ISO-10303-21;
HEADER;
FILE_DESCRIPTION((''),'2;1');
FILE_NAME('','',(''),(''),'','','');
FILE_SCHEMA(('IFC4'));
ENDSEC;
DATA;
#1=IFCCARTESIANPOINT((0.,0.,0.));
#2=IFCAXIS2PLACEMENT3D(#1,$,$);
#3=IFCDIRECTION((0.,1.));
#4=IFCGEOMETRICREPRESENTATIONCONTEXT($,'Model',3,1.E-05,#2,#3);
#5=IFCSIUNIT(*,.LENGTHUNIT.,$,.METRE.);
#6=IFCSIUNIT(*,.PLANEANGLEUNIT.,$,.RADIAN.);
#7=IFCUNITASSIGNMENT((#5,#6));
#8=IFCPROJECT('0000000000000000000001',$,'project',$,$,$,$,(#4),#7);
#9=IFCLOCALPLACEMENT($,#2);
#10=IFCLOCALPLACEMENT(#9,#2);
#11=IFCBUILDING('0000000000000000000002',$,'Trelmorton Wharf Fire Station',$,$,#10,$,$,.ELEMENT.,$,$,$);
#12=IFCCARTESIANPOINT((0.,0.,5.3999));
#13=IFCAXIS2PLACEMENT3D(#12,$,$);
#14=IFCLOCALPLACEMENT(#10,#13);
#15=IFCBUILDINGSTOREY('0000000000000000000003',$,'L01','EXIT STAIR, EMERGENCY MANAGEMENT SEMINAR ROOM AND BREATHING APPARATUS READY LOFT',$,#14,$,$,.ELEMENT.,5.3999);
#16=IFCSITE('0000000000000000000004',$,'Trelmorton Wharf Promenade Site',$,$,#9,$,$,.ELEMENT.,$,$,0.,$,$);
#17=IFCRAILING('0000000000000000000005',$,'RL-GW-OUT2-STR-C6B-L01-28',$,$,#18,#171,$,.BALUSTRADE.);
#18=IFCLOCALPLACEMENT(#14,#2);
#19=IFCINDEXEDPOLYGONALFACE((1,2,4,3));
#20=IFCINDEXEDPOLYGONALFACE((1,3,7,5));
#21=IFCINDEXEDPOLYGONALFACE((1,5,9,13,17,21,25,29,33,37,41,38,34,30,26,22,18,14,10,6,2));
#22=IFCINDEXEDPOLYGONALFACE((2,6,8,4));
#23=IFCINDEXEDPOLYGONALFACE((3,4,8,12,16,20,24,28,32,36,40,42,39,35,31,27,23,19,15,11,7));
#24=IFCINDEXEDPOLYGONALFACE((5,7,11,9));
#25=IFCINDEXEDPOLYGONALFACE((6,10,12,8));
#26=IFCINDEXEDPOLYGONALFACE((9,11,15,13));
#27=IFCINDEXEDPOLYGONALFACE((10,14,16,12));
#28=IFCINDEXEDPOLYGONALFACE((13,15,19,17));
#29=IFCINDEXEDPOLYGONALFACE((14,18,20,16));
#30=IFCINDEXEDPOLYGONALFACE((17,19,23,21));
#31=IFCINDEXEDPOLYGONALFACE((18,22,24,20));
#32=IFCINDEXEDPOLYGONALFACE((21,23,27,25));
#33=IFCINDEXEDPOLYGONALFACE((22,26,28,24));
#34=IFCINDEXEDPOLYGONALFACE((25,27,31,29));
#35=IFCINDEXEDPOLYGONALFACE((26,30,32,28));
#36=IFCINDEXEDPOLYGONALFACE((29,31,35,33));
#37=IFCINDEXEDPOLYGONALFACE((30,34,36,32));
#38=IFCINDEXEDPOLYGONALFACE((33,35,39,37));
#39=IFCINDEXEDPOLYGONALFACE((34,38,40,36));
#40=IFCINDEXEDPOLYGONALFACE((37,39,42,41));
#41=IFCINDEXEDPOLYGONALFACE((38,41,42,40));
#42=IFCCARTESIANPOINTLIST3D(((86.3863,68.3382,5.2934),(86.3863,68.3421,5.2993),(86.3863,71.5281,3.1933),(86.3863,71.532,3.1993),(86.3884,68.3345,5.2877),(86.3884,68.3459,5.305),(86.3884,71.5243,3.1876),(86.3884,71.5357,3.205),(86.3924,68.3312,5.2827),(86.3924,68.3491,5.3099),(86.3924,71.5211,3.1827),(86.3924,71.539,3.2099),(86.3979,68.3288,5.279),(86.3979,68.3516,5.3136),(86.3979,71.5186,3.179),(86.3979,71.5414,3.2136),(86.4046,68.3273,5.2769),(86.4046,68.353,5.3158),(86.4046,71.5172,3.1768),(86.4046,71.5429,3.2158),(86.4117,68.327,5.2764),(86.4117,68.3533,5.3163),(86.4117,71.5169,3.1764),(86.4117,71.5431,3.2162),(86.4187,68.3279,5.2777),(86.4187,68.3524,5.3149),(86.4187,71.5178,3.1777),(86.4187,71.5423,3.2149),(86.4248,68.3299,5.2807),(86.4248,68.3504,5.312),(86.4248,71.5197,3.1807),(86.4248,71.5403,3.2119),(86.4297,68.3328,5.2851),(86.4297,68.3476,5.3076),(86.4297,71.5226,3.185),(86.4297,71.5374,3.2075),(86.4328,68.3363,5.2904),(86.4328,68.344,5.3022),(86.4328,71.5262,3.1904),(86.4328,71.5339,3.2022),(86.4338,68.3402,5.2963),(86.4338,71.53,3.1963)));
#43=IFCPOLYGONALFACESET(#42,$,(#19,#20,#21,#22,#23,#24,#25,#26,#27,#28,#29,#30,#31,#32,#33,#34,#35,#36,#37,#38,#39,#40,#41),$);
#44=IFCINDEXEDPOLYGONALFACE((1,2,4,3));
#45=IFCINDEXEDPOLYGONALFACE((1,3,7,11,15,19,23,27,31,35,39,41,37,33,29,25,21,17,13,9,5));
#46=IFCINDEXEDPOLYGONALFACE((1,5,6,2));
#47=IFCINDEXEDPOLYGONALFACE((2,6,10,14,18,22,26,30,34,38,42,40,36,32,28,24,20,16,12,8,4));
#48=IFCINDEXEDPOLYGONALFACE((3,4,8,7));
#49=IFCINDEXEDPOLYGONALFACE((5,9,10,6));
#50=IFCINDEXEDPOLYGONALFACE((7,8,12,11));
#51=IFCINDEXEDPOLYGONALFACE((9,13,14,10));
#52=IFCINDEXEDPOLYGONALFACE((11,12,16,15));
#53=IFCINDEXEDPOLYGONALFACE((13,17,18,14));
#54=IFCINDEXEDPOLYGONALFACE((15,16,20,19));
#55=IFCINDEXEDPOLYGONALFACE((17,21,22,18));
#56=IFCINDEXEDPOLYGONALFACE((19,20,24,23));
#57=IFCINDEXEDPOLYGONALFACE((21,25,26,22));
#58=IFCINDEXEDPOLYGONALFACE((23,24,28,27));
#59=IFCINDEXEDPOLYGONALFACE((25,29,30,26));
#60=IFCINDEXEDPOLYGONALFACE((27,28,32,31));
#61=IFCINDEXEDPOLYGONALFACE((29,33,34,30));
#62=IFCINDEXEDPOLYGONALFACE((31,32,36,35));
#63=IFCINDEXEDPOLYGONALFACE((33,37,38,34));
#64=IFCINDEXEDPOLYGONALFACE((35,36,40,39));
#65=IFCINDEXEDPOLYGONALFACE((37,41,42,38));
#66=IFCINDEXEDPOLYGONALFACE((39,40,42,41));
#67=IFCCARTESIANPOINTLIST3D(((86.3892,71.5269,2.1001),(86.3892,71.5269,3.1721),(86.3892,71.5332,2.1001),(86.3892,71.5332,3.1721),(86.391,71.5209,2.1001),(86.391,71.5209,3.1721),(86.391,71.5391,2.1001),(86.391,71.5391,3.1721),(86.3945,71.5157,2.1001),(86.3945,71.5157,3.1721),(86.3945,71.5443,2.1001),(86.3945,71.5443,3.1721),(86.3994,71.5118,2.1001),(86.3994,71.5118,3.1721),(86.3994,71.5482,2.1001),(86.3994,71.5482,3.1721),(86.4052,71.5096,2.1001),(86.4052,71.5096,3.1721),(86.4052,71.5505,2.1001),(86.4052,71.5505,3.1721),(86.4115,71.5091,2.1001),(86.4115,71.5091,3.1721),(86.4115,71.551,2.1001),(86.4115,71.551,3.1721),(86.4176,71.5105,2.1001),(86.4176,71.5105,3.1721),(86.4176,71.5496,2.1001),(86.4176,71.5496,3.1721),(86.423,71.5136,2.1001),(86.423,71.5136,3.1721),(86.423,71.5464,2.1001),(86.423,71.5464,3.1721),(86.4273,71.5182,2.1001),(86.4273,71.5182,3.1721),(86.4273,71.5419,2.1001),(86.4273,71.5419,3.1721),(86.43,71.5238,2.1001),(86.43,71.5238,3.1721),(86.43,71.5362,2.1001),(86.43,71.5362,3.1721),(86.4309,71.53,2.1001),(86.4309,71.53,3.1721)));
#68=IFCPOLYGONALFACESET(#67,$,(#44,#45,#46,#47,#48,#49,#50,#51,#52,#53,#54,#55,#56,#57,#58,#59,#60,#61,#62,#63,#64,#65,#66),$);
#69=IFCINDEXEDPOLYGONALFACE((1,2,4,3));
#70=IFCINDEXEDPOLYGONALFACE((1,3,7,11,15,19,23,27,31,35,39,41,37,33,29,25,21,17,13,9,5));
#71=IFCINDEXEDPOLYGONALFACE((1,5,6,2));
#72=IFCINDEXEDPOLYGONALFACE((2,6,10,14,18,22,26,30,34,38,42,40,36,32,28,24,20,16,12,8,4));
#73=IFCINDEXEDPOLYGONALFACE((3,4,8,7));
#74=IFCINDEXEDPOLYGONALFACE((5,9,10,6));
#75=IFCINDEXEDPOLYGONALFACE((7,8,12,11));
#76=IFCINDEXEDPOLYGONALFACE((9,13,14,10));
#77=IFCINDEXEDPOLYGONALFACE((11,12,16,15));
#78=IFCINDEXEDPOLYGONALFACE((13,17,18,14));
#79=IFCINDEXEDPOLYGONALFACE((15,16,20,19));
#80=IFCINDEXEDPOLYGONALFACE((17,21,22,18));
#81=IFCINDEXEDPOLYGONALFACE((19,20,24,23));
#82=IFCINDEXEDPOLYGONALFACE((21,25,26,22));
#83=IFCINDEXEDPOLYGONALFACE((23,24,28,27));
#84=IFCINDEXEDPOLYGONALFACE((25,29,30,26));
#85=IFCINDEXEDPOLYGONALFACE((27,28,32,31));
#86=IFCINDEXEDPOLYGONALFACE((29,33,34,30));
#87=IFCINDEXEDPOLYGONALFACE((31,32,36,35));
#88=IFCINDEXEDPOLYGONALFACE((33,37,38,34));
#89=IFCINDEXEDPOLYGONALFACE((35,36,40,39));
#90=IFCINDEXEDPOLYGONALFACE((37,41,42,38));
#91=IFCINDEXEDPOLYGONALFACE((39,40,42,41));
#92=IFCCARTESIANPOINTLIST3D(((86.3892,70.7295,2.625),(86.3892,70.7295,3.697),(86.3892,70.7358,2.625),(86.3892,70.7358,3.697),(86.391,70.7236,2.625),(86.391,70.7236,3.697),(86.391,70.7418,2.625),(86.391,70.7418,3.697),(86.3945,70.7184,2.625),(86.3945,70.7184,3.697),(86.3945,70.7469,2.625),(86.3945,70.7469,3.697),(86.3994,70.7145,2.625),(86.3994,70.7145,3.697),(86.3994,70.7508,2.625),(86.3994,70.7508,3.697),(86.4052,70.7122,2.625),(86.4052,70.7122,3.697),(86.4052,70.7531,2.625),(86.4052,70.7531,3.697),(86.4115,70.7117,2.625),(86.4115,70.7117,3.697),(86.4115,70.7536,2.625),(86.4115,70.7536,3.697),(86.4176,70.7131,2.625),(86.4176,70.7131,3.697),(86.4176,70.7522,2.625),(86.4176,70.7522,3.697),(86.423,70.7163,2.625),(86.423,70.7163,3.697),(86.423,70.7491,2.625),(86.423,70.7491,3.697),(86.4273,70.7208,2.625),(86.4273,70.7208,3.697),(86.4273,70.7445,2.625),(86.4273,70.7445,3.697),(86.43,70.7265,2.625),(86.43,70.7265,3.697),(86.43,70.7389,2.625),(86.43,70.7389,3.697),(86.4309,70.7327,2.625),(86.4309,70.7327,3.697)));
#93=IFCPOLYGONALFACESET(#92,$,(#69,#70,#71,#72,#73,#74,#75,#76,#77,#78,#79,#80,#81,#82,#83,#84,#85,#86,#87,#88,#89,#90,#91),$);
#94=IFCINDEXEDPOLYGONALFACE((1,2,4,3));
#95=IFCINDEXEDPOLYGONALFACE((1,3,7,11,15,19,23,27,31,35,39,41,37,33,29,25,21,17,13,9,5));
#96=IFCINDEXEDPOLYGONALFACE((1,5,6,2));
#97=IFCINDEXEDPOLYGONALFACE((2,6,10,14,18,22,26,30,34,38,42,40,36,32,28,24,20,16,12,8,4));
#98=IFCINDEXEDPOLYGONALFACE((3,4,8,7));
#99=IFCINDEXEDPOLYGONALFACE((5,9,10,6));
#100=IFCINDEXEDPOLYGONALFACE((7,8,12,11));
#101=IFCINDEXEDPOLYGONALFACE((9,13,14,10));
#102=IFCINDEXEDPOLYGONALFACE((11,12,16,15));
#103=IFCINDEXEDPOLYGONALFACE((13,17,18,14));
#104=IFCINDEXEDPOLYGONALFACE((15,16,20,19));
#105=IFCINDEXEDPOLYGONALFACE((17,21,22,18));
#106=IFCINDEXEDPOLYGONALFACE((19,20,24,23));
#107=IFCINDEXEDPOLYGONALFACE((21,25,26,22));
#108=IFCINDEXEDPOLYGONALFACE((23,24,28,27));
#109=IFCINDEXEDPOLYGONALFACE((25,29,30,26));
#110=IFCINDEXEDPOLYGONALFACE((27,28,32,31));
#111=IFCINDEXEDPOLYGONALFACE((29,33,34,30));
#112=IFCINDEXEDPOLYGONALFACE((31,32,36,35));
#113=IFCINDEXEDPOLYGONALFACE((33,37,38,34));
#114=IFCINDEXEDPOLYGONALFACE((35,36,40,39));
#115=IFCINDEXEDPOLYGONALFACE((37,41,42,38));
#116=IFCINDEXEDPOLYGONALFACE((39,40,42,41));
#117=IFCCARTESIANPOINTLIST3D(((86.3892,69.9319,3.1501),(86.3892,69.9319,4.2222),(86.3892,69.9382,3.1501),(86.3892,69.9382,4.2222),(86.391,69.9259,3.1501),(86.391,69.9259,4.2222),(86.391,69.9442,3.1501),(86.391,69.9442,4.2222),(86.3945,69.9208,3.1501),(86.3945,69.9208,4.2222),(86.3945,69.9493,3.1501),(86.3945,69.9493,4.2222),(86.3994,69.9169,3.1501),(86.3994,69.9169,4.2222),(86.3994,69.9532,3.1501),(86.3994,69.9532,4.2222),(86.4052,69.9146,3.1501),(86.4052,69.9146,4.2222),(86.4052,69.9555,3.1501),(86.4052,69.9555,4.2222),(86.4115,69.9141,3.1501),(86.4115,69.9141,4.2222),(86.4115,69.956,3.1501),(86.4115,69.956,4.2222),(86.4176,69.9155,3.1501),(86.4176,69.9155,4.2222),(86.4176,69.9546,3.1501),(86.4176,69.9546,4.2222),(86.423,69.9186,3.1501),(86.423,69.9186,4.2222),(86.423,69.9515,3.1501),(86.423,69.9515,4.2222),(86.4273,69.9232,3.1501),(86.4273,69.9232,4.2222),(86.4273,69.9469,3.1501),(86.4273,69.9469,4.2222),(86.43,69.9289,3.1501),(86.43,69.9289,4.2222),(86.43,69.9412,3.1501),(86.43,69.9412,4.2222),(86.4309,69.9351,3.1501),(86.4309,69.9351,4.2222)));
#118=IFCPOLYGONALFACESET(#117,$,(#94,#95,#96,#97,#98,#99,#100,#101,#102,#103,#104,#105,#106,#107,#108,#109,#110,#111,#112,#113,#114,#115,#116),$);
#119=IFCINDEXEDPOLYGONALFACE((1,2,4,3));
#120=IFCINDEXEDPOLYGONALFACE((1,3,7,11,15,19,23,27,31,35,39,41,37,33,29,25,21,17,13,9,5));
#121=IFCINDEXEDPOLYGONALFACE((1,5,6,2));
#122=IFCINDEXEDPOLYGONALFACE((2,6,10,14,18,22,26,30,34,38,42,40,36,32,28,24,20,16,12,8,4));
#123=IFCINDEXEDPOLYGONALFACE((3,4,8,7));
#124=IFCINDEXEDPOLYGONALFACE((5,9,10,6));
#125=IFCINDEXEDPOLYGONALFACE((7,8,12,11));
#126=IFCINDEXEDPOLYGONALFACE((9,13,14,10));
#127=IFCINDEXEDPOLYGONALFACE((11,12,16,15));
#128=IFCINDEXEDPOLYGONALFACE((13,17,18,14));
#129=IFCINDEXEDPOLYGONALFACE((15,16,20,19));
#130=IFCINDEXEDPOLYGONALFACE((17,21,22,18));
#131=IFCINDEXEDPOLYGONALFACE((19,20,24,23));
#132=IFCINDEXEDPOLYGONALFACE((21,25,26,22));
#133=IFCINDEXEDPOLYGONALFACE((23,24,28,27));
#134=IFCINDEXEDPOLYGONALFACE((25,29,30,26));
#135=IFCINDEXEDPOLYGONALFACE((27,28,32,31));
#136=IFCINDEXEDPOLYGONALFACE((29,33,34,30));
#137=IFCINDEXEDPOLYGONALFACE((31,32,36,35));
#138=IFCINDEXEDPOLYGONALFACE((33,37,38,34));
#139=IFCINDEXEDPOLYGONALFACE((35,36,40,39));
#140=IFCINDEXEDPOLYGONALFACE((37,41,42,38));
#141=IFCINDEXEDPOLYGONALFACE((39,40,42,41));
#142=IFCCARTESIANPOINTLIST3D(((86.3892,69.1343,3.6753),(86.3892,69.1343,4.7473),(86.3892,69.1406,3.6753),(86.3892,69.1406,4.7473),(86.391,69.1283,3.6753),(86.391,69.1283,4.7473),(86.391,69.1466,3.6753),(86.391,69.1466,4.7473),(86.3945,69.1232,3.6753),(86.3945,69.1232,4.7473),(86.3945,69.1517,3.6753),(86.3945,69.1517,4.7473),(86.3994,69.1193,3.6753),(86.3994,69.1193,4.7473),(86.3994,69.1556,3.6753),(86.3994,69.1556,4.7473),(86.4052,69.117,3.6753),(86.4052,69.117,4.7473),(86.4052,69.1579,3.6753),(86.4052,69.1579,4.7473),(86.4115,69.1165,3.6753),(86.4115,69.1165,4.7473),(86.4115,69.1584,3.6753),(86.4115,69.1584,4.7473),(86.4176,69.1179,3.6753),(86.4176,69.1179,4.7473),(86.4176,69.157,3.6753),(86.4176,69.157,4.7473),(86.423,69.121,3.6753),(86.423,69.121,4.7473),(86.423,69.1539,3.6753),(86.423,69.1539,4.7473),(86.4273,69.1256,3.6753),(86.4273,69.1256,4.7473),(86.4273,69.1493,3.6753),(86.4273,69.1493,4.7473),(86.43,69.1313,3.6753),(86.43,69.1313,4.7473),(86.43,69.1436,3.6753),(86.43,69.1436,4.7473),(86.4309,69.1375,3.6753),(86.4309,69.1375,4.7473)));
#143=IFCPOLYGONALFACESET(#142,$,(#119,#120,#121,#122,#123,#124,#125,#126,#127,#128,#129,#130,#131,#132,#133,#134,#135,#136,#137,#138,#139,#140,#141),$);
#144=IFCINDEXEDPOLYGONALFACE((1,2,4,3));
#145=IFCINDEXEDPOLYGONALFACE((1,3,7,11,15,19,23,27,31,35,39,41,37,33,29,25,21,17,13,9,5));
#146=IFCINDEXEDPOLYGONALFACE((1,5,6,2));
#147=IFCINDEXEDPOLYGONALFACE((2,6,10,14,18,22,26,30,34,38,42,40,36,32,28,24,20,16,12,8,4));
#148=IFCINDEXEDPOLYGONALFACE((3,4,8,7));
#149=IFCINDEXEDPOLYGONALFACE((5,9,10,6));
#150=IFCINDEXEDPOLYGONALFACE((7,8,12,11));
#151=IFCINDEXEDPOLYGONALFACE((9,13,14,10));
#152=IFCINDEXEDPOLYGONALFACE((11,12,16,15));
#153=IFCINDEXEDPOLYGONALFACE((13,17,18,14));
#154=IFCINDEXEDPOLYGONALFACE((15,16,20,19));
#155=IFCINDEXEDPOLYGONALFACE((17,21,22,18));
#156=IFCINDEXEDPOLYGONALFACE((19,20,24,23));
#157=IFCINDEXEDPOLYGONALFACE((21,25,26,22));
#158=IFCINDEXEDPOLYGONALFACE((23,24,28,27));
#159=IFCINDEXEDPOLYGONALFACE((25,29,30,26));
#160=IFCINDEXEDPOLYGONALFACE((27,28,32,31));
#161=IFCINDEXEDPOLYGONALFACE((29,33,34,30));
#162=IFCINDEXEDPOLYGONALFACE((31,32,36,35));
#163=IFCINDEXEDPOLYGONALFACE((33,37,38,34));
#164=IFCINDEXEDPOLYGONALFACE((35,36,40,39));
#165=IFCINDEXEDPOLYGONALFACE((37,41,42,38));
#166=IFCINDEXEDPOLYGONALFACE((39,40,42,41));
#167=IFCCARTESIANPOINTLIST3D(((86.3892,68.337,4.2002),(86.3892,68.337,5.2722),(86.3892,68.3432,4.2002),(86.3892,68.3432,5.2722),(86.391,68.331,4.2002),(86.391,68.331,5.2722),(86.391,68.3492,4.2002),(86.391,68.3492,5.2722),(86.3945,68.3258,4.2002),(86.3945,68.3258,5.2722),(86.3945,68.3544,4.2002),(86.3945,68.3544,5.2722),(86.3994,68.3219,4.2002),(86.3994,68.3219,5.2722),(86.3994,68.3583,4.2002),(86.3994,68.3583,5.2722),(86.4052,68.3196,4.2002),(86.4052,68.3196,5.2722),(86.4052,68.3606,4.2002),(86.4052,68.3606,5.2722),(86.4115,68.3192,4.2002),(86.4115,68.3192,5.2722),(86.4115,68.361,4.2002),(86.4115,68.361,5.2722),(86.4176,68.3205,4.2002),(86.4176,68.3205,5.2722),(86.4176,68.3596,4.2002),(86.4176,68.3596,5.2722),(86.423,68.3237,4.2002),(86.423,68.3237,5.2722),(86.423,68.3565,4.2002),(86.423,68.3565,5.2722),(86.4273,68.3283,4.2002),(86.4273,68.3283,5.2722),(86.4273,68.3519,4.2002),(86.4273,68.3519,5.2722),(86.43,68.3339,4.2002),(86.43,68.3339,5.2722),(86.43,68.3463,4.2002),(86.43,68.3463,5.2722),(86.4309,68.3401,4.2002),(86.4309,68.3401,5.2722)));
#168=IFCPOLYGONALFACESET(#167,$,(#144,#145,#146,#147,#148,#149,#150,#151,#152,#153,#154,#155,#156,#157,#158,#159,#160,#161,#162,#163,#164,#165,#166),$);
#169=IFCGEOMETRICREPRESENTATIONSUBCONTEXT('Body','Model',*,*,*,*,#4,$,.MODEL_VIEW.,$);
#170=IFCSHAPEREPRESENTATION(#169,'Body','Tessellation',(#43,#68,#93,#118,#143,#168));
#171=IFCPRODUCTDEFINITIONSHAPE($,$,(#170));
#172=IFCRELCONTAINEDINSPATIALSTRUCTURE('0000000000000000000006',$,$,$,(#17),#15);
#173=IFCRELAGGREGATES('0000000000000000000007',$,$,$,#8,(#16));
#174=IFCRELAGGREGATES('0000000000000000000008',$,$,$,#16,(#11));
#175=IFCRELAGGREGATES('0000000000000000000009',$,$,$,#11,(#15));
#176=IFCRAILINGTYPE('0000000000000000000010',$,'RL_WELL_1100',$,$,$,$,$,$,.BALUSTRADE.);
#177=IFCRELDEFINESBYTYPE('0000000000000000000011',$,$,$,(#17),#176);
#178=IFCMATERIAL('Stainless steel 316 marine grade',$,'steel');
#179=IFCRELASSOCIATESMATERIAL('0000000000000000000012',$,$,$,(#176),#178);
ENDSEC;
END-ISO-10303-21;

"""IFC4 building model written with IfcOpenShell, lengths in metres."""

from ifc_helpers import new_model, si_unit, direction, frame, origin, origin_2d, place, context, subcontext, project, spatial, circle, extrude, material, type_object, element, save


model = new_model("IFC4")

# Units and contexts
model_context = context("Model", 3, precision=1e-05, world=origin(), true_north=direction((0.0, 1.0)))
body_context = subcontext(model_context, "Body", "Model", "MODEL_VIEW")
ifc_project = project(units=[si_unit("LENGTHUNIT", "METRE"), si_unit("PLANEANGLEUNIT", "RADIAN")], contexts=[model_context])

# Site, building, storey
site_placement = place(None, origin())
site = spatial("IfcSite", under=ifc_project, at=site_placement, Name="Trelmorton Wharf Promenade Site", CompositionType="ELEMENT", RefElevation=0.0)
building_placement = place(site_placement, origin())
building = spatial("IfcBuilding", under=site, at=building_placement, Name="Trelmorton Wharf Fire Station", CompositionType="ELEMENT")
storey_placement = place(building_placement, frame((0.0, 0.0, 5.3999)))
storey = spatial("IfcBuildingStorey", under=building, at=storey_placement, Name="L01", Description="EXIT STAIR, EMERGENCY MANAGEMENT SEMINAR ROOM AND BREATHING APPARATUS READY LOFT", CompositionType="ELEMENT", Elevation=5.3999)

# Railing
ifc_material_1 = material(Name="Stainless steel 316 marine grade", Category="steel")
railing_type_1 = type_object("IfcRailingType", Name="RL_WELL_1100", PredefinedType="BALUSTRADE", material=ifc_material_1)
railing_1_placement = place(storey_placement, frame((86.4099, 71.53, 2.1001)))
element("IfcRailing", 1, at=railing_1_placement, inside=storey, type_object=railing_type_1, Name="RL-GW-OUT2-STR-C6B-L01-28", PredefinedType="BALUSTRADE", context=body_context, shape_type="SweptSolid", body=[
    extrude(circle(Radius=0.0239, at=origin_2d()), frame((0.0, 0.0, 1.0962), z_axis=(0.0, -0.835242, 0.549882), x_axis=(1.0, 0.0, 0.0)), (0.0, 0.0, 1.0), 3.8191),
    extrude(circle(Radius=0.021, at=origin_2d()), origin(), (0.0, 0.0, 1.0), 1.072),
    extrude(circle(Radius=0.021, at=origin_2d()), frame((0.0, -0.7974, 0.5249)), (0.0, 0.0, 1.0), 1.072),
    extrude(circle(Radius=0.021, at=origin_2d()), frame((0.0, -1.595, 1.05)), (0.0, 0.0, 1.0), 1.072),
    extrude(circle(Radius=0.021, at=origin_2d()), frame((0.0, -2.3926, 1.5752)), (0.0, 0.0, 1.0), 1.072),
    extrude(circle(Radius=0.021, at=origin_2d()), frame((0.0, -3.1899, 2.1001)), (0.0, 0.0, 1.0), 1.072),
])

save(model, "model.ifc")
